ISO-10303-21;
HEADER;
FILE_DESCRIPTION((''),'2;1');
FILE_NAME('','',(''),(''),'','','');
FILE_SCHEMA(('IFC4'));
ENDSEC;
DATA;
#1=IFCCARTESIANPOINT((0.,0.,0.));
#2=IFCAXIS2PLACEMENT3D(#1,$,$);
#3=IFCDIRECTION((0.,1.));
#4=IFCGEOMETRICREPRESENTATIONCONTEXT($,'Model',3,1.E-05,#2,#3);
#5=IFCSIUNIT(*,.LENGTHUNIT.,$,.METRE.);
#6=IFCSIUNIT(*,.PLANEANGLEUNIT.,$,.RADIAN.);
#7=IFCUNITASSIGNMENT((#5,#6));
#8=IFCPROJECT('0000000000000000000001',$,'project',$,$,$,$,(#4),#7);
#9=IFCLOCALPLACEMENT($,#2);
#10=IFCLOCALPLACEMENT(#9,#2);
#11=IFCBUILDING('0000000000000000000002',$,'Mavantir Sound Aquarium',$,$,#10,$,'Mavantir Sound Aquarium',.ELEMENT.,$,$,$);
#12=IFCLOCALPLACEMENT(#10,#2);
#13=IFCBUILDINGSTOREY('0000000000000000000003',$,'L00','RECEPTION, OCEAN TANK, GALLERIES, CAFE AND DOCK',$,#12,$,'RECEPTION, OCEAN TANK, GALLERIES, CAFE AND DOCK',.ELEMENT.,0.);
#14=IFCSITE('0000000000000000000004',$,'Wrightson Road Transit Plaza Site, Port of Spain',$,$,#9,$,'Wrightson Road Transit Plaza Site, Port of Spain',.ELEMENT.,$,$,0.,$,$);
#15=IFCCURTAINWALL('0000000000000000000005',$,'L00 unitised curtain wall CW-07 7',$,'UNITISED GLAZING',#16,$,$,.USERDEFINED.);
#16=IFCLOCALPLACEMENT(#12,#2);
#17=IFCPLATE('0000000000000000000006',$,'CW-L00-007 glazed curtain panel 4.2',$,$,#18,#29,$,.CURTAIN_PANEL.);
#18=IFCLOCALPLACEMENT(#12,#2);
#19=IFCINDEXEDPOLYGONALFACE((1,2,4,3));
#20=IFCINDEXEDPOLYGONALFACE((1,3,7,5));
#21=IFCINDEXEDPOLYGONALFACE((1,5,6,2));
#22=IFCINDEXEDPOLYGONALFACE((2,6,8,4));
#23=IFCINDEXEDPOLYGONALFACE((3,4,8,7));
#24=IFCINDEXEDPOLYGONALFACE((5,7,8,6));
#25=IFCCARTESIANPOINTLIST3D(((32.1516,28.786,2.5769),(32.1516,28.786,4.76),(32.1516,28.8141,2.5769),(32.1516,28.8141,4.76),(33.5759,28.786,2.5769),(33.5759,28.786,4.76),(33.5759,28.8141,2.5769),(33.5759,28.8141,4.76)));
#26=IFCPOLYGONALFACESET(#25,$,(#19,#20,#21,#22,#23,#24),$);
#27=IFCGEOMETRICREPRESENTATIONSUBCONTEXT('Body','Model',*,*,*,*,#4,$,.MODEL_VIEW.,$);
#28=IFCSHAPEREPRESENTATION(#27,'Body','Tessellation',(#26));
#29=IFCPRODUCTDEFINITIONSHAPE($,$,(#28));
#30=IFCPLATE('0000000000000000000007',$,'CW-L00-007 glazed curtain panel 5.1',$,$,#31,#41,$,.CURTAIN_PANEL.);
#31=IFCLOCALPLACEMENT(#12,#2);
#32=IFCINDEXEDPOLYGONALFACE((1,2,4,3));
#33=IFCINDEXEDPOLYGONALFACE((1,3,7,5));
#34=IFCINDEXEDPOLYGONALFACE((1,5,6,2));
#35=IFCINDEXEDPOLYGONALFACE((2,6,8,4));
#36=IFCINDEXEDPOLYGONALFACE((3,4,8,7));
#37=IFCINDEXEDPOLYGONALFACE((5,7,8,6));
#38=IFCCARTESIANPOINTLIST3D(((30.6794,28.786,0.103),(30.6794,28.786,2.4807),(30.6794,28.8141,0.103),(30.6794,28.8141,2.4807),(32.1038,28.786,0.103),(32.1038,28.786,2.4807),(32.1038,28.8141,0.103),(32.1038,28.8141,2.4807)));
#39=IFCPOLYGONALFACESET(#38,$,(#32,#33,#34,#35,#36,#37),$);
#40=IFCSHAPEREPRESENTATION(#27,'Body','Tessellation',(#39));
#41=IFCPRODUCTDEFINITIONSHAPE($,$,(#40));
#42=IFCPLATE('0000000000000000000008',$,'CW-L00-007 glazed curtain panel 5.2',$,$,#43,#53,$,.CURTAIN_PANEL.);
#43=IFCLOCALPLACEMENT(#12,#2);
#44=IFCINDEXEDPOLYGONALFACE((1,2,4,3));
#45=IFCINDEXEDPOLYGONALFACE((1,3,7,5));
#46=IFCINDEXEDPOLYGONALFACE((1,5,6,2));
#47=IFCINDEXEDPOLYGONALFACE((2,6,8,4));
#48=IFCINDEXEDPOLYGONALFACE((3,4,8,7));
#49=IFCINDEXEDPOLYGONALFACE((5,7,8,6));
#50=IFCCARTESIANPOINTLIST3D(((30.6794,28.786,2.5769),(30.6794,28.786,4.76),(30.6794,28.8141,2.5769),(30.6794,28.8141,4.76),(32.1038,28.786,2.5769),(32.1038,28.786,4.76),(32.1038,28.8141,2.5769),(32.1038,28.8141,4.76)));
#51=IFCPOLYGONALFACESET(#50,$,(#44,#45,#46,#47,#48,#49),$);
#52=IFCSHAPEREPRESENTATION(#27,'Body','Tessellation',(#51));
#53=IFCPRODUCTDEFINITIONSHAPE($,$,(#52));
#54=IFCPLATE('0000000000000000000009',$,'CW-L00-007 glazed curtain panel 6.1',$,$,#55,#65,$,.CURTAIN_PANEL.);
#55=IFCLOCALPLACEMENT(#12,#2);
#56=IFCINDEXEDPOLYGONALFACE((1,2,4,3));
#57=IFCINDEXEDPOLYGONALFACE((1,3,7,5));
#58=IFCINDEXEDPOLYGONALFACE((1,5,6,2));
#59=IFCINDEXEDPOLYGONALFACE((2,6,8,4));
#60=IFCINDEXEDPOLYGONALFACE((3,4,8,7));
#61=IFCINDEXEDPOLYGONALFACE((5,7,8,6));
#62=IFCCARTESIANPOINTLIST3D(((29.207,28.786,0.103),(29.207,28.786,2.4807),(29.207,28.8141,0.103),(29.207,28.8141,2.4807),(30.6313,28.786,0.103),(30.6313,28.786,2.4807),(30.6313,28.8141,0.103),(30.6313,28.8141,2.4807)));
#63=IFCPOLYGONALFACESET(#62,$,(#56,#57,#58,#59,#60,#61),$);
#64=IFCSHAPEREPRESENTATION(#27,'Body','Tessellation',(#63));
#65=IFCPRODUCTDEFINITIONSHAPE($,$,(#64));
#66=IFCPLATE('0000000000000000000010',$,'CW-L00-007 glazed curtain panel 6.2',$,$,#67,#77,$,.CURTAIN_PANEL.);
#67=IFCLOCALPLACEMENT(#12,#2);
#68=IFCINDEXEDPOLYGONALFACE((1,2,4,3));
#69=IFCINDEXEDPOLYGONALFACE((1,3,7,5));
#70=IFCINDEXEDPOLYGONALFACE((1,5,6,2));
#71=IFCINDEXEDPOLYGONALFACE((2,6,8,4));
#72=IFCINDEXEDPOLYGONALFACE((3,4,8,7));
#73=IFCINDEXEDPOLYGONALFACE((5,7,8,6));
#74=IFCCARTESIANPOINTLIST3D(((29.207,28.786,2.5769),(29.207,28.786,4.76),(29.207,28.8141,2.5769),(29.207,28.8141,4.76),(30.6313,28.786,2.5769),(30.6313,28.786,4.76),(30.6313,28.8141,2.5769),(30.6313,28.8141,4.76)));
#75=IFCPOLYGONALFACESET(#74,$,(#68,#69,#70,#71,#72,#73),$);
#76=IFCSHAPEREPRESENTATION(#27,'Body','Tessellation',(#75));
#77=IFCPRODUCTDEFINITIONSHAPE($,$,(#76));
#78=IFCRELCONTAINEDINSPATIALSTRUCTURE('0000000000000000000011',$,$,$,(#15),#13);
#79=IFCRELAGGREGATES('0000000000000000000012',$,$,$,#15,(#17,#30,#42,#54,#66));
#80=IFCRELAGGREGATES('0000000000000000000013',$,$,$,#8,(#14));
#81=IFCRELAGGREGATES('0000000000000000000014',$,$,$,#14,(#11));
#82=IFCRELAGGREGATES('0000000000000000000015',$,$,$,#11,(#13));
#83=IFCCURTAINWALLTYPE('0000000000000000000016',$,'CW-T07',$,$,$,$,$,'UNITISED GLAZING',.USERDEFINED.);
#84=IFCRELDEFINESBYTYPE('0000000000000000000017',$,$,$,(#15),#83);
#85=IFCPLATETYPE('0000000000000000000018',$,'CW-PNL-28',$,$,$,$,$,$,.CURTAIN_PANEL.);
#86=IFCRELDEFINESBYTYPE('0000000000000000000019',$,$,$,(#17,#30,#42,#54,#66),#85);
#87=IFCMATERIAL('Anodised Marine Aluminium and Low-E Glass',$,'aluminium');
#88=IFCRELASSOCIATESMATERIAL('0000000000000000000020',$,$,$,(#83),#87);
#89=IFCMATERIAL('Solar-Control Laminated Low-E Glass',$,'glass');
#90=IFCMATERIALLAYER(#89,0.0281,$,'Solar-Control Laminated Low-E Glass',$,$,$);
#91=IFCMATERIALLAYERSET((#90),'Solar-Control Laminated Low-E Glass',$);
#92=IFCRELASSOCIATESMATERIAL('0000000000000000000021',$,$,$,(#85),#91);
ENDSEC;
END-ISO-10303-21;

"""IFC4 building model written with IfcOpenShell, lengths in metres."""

from ifc_helpers import new_model, si_unit, direction, frame, origin, origin_2d, place, context, subcontext, project, spatial, rectangle, extrude, material, layer, layer_set, type_object, element, aggregate, save


model = new_model("IFC4")

# Units and contexts
model_context = context("Model", 3, precision=1e-05, world=origin(), true_north=direction((0.0, 1.0)))
body_context = subcontext(model_context, "Body", "Model", "MODEL_VIEW")
ifc_project = project(units=[si_unit("LENGTHUNIT", "METRE"), si_unit("PLANEANGLEUNIT", "RADIAN")], contexts=[model_context])

# Site, building, storey
site_placement = place(None, origin())
site = spatial("IfcSite", under=ifc_project, at=site_placement, Name="Wrightson Road Transit Plaza Site, Port of Spain", LongName="Wrightson Road Transit Plaza Site, Port of Spain", CompositionType="ELEMENT", RefElevation=0.0)
building_placement = place(site_placement, origin())
building = spatial("IfcBuilding", under=site, at=building_placement, Name="Mavantir Sound Aquarium", LongName="Mavantir Sound Aquarium", CompositionType="ELEMENT")
storey_placement = place(building_placement, origin())
storey = spatial("IfcBuildingStorey", under=building, at=storey_placement, Name="L00", Description="RECEPTION, OCEAN TANK, GALLERIES, CAFE AND DOCK", LongName="RECEPTION, OCEAN TANK, GALLERIES, CAFE AND DOCK", CompositionType="ELEMENT", Elevation=0.0)

# Curtain wall
ifc_material_1 = material(Name="Anodised Marine Aluminium and Low-E Glass", Category="aluminium")
curtain_wall_type_1 = type_object("IfcCurtainWallType", Name="CW-T07", ElementType="UNITISED GLAZING", PredefinedType="USERDEFINED", material=ifc_material_1)
curtain_wall_1_placement = place(storey_placement, origin())
curtain_wall_1 = element("IfcCurtainWall", 1, at=curtain_wall_1_placement, inside=storey, type_object=curtain_wall_type_1, Name="L00 unitised curtain wall CW-07 7", ObjectType="UNITISED GLAZING", PredefinedType="USERDEFINED")

# Plates
ifc_material_2 = material(Name="Solar-Control Laminated Low-E Glass", Category="glass")
ifc_layer = layer(ifc_material_2, 0.0281, Name="Solar-Control Laminated Low-E Glass")
ifc_layer_set = layer_set([ifc_layer], Name="Solar-Control Laminated Low-E Glass")
plate_type = type_object("IfcPlateType", Name="CW-PNL-28", PredefinedType="CURTAIN_PANEL", material=ifc_layer_set)
plate_1_placement = place(storey_placement, frame((32.8638, 28.8, 2.5769), z_axis=(0.0, 0.0, 1.0), x_axis=(-1.0, 0.0, 0.0)))
plate_1 = element("IfcPlate", 2, at=plate_1_placement, type_object=plate_type, Name="CW-L00-007 glazed curtain panel 4.2", PredefinedType="CURTAIN_PANEL", context=body_context, shape_type="SweptSolid", body=[
    extrude(rectangle(XDim=1.4243, YDim=0.0281, at=origin_2d()), origin(), (0.0, 0.0, 1.0), 2.1831),
])
plate_2_placement = place(storey_placement, frame((31.3916, 28.8, 0.103), z_axis=(0.0, 0.0, 1.0), x_axis=(-1.0, 0.0, 0.0)))
plate_2 = element("IfcPlate", 3, at=plate_2_placement, type_object=plate_type, Name="CW-L00-007 glazed curtain panel 5.1", PredefinedType="CURTAIN_PANEL", context=body_context, shape_type="SweptSolid", body=[
    extrude(rectangle(XDim=1.4243, YDim=0.0281, at=origin_2d()), origin(), (0.0, 0.0, 1.0), 2.3777),
])
plate_3_placement = place(storey_placement, frame((31.3916, 28.8, 2.5769), z_axis=(0.0, 0.0, 1.0), x_axis=(-1.0, 0.0, 0.0)))
plate_3 = element("IfcPlate", 4, at=plate_3_placement, type_object=plate_type, Name="CW-L00-007 glazed curtain panel 5.2", PredefinedType="CURTAIN_PANEL", context=body_context, shape_type="SweptSolid", body=[
    extrude(rectangle(XDim=1.4243, YDim=0.0281, at=origin_2d()), origin(), (0.0, 0.0, 1.0), 2.1831),
])
plate_4_placement = place(storey_placement, frame((29.9192, 28.8, 0.103), z_axis=(0.0, 0.0, 1.0), x_axis=(-1.0, 0.0, 0.0)))
plate_4 = element("IfcPlate", 5, at=plate_4_placement, type_object=plate_type, Name="CW-L00-007 glazed curtain panel 6.1", PredefinedType="CURTAIN_PANEL", context=body_context, shape_type="SweptSolid", body=[
    extrude(rectangle(XDim=1.4243, YDim=0.0281, at=origin_2d()), origin(), (0.0, 0.0, 1.0), 2.3777),
])
plate_5_placement = place(storey_placement, frame((29.9192, 28.8, 2.5769), z_axis=(0.0, 0.0, 1.0), x_axis=(-1.0, 0.0, 0.0)))
plate_5 = element("IfcPlate", 6, at=plate_5_placement, type_object=plate_type, Name="CW-L00-007 glazed curtain panel 6.2", PredefinedType="CURTAIN_PANEL", context=body_context, shape_type="SweptSolid", body=[
    extrude(rectangle(XDim=1.4243, YDim=0.0281, at=origin_2d()), origin(), (0.0, 0.0, 1.0), 2.1831),
])
aggregate(curtain_wall_1, [plate_1, plate_2, plate_3, plate_4, plate_5])

save(model, "model.ifc")
